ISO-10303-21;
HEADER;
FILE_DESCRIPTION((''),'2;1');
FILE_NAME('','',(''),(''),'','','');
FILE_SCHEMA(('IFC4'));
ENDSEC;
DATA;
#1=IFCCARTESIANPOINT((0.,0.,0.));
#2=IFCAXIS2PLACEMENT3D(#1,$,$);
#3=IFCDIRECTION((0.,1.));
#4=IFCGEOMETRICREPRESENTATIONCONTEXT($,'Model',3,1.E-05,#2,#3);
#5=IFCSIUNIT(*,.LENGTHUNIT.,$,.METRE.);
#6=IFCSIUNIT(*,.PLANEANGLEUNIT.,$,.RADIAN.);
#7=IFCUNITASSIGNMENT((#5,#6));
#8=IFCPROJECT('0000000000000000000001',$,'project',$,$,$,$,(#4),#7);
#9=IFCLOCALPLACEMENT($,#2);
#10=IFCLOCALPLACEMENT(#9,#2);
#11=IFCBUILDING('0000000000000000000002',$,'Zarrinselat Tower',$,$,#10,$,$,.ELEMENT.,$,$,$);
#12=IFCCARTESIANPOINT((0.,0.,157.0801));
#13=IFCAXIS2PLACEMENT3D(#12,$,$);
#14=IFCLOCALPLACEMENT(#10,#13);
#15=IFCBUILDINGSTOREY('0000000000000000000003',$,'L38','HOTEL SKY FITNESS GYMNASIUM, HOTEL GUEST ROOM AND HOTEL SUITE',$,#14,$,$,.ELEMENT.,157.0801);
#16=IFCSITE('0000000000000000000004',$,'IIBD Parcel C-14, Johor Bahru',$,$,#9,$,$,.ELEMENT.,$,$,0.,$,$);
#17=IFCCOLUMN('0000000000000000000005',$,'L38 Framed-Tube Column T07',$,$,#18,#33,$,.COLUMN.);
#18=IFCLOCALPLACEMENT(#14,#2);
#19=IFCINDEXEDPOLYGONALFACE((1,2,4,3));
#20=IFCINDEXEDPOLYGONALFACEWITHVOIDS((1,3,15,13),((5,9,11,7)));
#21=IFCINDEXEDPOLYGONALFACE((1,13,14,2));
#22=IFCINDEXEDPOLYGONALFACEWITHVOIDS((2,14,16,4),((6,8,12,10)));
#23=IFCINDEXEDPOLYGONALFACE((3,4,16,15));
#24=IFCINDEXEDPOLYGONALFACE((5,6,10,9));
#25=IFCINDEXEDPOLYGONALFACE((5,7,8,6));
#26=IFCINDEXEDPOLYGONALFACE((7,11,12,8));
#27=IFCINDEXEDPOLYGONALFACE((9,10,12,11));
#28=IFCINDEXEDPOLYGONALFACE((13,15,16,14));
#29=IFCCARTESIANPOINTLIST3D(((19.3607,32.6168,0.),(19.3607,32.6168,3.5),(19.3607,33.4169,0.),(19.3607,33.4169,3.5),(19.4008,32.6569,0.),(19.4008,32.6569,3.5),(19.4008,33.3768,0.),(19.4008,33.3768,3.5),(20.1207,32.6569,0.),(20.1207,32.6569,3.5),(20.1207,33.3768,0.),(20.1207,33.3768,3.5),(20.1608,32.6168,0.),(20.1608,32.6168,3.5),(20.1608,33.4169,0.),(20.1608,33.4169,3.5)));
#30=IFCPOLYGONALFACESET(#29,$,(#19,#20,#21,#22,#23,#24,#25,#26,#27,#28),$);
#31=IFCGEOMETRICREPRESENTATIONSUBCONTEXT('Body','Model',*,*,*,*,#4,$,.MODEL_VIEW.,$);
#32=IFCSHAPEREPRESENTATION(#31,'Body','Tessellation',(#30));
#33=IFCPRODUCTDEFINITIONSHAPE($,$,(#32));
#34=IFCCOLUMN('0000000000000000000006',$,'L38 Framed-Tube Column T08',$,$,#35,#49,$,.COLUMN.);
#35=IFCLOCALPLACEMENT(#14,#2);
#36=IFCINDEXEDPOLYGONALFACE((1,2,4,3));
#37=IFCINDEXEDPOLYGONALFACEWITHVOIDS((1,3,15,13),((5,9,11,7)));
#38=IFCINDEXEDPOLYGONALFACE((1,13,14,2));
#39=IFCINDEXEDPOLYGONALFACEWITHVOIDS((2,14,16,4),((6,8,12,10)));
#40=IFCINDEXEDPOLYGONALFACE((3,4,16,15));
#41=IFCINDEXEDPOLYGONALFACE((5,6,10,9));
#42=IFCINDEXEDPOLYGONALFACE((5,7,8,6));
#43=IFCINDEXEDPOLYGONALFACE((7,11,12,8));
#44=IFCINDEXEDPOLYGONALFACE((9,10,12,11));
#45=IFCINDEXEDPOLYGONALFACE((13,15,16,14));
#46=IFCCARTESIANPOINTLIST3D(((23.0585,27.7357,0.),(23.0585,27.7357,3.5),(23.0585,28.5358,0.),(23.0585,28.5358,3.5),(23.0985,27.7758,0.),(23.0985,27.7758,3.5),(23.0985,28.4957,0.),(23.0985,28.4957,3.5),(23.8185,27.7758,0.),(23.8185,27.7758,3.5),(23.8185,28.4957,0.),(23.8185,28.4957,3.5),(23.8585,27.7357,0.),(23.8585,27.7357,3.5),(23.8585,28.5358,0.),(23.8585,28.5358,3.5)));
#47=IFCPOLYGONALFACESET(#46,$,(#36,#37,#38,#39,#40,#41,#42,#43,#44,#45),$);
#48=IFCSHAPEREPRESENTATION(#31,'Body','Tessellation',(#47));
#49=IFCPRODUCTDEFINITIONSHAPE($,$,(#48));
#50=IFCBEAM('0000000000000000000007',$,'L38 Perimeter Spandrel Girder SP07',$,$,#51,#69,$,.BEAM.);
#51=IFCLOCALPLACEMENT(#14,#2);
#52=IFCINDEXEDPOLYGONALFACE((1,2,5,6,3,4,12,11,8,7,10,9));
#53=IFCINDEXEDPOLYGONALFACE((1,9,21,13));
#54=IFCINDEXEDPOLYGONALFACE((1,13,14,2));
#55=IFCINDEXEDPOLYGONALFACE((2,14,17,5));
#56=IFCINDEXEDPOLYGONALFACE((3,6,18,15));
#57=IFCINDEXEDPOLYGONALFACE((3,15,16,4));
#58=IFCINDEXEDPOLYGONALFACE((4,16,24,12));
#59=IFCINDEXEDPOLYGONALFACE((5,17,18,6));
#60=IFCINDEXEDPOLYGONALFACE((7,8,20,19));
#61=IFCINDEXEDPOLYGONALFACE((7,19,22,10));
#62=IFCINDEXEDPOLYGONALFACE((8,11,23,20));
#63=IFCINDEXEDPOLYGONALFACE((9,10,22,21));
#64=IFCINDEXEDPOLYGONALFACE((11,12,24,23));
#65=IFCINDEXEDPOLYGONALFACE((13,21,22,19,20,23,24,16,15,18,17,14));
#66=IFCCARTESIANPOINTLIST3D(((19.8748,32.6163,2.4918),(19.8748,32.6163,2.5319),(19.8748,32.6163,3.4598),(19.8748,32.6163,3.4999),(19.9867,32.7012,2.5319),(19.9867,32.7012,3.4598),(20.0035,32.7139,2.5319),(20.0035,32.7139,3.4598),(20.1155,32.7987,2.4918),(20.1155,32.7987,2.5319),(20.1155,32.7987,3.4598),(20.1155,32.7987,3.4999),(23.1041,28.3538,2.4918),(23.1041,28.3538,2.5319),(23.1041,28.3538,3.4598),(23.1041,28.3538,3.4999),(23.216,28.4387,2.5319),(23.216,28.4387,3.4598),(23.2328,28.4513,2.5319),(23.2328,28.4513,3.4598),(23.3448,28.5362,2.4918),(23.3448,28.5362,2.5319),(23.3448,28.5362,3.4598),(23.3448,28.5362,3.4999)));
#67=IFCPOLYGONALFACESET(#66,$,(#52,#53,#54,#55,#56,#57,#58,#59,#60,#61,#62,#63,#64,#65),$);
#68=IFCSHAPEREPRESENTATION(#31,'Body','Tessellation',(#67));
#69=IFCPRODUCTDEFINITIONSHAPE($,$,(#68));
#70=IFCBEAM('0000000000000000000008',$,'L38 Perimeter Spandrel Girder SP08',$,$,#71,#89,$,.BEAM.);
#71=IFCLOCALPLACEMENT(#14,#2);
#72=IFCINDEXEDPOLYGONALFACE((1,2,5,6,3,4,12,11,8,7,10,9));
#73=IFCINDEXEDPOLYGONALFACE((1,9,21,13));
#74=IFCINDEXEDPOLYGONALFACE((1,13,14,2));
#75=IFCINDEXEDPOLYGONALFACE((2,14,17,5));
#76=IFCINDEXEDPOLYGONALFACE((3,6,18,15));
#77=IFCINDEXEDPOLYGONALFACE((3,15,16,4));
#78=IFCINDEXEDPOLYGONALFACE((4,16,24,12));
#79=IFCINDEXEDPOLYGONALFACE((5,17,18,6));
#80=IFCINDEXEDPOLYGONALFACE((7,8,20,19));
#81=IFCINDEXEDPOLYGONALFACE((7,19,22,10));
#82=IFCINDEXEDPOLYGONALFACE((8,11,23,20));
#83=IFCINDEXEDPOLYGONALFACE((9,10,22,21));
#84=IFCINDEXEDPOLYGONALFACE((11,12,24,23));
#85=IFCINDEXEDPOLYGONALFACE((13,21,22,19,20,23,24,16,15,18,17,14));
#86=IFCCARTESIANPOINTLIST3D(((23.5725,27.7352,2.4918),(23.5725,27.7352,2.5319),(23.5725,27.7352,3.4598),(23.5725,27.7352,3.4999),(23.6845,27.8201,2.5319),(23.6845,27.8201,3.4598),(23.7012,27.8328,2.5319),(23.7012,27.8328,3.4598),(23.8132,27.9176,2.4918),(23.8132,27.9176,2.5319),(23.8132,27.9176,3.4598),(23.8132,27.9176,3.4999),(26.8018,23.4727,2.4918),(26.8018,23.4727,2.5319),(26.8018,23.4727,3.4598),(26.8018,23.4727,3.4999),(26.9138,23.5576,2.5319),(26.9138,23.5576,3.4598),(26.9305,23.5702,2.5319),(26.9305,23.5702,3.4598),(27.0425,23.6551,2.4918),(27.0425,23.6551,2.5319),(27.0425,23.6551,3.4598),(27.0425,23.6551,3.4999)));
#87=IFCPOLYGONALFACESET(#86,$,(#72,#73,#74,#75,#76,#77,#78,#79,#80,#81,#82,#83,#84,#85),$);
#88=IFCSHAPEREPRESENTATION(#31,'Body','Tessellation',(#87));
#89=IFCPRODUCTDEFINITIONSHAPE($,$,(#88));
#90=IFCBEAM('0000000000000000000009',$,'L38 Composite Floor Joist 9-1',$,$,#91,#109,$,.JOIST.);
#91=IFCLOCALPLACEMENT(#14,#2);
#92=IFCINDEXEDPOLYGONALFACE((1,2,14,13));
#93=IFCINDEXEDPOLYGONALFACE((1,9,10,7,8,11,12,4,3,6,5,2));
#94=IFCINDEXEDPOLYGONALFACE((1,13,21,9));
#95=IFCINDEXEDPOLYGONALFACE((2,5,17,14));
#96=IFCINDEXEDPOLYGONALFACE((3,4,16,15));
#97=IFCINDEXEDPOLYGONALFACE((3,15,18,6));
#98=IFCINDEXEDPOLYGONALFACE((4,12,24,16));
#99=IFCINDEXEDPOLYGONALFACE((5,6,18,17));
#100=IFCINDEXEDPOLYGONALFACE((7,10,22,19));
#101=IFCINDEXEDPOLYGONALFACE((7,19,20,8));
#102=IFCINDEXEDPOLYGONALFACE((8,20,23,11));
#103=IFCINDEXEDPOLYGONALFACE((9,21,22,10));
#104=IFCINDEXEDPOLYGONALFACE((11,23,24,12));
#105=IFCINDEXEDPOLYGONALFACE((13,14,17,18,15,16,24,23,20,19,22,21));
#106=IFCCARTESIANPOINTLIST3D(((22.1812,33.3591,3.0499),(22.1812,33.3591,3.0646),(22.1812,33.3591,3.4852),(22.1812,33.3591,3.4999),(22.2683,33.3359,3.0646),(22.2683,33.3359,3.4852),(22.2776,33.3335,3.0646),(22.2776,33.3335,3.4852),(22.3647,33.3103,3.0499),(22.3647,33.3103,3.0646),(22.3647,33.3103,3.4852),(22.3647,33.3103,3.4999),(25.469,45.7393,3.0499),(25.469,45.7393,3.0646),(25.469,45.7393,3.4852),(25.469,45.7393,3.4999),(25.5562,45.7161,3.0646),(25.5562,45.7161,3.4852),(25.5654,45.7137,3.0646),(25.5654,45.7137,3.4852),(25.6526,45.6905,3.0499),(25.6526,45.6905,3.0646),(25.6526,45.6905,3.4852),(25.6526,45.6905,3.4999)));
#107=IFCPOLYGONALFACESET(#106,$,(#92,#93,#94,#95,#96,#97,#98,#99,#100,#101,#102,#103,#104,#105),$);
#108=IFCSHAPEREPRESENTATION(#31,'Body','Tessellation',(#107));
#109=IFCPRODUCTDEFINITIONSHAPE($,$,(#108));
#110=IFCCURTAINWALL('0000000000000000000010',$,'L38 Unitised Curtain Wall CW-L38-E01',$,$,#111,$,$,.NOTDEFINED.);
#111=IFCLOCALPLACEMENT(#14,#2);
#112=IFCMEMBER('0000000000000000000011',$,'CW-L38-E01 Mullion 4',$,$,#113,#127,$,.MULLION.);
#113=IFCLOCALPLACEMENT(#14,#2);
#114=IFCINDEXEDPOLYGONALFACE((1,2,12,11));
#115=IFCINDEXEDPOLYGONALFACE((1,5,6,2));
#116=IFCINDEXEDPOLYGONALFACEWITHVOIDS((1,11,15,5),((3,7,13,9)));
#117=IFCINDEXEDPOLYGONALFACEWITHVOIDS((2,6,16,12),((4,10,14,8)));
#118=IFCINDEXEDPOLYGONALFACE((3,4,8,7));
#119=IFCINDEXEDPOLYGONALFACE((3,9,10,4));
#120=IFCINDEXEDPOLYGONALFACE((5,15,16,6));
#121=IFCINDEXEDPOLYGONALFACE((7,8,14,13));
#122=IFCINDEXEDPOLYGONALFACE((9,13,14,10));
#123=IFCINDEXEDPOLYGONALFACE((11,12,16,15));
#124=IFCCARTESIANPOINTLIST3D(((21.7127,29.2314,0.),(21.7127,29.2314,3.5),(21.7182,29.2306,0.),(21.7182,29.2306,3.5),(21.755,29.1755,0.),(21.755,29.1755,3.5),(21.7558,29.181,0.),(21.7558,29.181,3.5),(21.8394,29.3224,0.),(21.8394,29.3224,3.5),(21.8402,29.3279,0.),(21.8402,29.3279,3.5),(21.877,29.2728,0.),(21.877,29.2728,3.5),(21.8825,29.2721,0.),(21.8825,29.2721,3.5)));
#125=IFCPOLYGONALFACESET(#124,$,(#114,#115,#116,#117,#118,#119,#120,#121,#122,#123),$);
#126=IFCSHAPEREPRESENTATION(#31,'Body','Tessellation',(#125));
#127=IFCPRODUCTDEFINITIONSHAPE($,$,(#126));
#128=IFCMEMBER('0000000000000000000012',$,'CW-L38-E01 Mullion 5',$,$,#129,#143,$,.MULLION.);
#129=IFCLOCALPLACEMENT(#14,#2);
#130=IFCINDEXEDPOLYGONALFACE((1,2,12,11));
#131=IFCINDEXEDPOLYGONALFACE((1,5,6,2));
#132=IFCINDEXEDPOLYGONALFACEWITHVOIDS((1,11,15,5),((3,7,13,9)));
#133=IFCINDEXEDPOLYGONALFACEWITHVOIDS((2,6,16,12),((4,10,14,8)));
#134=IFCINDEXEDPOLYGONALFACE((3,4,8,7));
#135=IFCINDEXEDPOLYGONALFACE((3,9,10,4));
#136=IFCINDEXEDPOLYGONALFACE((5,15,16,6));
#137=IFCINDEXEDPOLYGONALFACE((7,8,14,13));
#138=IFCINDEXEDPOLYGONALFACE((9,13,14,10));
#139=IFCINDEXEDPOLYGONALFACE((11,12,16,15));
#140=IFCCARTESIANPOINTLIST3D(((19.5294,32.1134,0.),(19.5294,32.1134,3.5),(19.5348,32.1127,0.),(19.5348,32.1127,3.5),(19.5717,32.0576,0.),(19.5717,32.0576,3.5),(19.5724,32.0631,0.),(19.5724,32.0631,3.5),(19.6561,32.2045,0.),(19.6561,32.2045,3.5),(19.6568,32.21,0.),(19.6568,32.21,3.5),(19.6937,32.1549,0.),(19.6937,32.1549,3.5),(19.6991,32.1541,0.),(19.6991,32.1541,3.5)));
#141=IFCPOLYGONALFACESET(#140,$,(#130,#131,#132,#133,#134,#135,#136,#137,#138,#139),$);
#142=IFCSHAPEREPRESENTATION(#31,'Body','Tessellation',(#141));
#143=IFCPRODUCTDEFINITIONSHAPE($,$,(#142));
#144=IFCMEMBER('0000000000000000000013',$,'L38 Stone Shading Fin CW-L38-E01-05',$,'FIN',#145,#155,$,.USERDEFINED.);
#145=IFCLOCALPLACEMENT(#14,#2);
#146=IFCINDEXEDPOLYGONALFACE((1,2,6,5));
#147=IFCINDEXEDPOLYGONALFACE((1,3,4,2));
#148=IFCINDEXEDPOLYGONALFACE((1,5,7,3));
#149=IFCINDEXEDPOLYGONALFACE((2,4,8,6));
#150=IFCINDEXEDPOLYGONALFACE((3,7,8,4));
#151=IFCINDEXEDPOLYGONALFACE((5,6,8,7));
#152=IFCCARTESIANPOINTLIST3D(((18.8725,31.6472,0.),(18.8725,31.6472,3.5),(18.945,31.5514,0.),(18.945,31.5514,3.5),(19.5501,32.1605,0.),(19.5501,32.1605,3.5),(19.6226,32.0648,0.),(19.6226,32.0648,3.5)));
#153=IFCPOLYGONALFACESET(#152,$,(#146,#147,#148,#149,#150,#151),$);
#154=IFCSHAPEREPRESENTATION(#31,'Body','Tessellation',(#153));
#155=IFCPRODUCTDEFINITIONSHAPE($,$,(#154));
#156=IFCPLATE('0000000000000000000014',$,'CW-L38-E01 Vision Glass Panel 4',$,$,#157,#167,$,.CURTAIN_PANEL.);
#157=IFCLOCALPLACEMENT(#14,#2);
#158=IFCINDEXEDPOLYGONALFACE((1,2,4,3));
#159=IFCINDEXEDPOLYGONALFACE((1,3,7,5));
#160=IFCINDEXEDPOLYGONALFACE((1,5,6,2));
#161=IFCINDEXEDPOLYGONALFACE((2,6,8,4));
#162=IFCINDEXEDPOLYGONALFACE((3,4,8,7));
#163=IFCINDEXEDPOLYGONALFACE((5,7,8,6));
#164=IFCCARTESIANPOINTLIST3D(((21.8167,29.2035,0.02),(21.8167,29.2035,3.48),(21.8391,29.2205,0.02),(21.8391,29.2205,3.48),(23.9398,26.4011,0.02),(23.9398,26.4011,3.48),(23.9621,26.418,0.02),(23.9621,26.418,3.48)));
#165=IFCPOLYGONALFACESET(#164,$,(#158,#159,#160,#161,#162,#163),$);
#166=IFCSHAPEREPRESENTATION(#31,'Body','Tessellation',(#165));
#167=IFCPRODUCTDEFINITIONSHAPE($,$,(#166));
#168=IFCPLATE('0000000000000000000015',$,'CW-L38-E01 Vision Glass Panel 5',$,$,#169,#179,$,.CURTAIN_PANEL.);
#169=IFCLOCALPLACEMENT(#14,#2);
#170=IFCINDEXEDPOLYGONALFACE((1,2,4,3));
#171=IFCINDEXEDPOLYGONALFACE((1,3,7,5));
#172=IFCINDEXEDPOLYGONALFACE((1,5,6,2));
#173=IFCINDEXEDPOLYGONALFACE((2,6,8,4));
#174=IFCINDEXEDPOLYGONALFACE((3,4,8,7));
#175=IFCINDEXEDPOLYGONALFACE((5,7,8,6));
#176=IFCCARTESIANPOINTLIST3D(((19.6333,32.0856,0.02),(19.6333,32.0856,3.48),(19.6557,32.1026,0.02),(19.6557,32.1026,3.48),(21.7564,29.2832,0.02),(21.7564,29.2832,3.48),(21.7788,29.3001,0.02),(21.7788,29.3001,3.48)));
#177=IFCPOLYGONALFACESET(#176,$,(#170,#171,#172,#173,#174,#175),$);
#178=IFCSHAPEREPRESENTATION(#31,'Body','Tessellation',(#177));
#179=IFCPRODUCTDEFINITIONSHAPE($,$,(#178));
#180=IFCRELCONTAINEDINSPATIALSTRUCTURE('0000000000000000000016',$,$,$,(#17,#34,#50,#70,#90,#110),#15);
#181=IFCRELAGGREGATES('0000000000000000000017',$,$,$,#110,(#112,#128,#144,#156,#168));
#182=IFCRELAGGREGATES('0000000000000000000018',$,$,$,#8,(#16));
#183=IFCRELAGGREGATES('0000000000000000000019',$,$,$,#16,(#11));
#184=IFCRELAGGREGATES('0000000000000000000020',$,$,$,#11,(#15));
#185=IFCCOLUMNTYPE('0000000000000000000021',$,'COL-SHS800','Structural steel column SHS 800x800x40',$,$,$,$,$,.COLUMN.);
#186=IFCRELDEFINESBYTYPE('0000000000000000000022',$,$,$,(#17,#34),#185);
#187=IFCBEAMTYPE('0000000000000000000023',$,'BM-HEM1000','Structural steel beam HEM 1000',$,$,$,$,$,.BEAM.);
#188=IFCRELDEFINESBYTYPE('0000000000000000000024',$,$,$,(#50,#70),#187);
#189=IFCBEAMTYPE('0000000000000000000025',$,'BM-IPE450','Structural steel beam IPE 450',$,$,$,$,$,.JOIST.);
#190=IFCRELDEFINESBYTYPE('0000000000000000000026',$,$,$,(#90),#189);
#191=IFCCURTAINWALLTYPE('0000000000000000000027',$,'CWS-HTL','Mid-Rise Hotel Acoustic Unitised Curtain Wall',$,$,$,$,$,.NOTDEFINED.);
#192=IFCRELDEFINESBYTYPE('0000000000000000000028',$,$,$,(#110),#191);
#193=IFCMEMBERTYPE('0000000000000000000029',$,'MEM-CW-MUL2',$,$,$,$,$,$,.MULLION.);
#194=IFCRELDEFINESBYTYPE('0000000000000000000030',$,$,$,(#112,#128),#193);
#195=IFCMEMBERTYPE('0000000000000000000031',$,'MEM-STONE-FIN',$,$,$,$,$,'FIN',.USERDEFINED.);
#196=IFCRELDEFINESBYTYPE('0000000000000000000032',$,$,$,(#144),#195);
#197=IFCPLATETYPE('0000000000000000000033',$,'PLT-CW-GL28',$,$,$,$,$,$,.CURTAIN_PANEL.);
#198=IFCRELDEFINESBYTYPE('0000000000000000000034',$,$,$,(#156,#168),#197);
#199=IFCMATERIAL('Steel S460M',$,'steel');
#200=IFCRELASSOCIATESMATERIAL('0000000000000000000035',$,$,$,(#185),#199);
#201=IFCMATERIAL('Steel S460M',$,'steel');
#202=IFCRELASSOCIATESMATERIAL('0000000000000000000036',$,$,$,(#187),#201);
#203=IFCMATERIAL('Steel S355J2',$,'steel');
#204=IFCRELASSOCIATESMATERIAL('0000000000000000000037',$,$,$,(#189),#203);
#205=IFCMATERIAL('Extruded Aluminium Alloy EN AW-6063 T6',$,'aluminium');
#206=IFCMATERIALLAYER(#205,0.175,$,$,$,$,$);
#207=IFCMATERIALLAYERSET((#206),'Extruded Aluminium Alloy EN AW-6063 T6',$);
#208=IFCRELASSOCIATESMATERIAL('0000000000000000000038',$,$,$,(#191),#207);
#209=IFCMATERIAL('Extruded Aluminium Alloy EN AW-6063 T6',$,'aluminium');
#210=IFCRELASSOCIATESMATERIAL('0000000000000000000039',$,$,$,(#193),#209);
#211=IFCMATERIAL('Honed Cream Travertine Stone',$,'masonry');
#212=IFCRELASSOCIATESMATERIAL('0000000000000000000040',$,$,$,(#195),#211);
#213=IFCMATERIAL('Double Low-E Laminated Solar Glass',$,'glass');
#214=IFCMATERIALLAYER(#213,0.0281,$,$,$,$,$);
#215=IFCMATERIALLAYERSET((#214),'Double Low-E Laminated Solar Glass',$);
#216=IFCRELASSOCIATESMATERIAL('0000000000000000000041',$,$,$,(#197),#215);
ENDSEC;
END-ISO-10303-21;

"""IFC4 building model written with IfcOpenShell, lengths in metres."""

from ifc_helpers import new_model, si_unit, direction, frame, origin, origin_2d, place, context, subcontext, project, spatial, rectangle, hollow_rectangle, i_section, extrude, material, layer, layer_set, material_profile, profile_set, type_object, element, aggregate, save


model = new_model("IFC4")

# Units and contexts
model_context = context("Model", 3, precision=1e-05, world=origin(), true_north=direction((0.0, 1.0)))
body_context = subcontext(model_context, "Body", "Model", "MODEL_VIEW")
ifc_project = project(units=[si_unit("LENGTHUNIT", "METRE"), si_unit("PLANEANGLEUNIT", "RADIAN")], contexts=[model_context])

# Site, building, storey
site_placement = place(None, origin())
site = spatial("IfcSite", under=ifc_project, at=site_placement, Name="IIBD Parcel C-14, Johor Bahru", CompositionType="ELEMENT", RefElevation=0.0)
building_placement = place(site_placement, origin())
building = spatial("IfcBuilding", under=site, at=building_placement, Name="Zarrinselat Tower", CompositionType="ELEMENT")
storey_placement = place(building_placement, frame((0.0, 0.0, 157.0801)))
storey = spatial("IfcBuildingStorey", under=building, at=storey_placement, Name="L38", Description="HOTEL SKY FITNESS GYMNASIUM, HOTEL GUEST ROOM AND HOTEL SUITE", CompositionType="ELEMENT", Elevation=157.0801)

# Columns
ifc_material_1 = material(Name="Steel S460M", Category="steel")
ifc_material_profile_1 = material_profile(ifc_material_1, hollow_rectangle(XDim=0.8, YDim=0.8, WallThickness=0.04, at=origin_2d()), Name="SHS 800x800x40")
ifc_profile_set_1 = profile_set([ifc_material_profile_1], Name="Steel S460M")
column_type = type_object("IfcColumnType", Name="COL-SHS800", Description="Structural steel column SHS 800x800x40", PredefinedType="COLUMN", material=ifc_profile_set_1)
for number, where, z_axis, x_axis, name in (
    (1, (19.7607, 33.0168, 0.0), (0.0, 0.0, 1.0), (1.0, 0.0, 0.0), "L38 Framed-Tube Column T07"),
    (2, (23.4585, 28.1357, 0.0), (0.0, 0.0, 1.0), (1.0, 0.0, 0.0), "L38 Framed-Tube Column T08"),
):
    element("IfcColumn", number, at=place(storey_placement, frame(where, z_axis=z_axis, x_axis=x_axis)), inside=storey, type_object=column_type, Name=name, PredefinedType="COLUMN", context=body_context, shape_type="SweptSolid", body=[
        extrude(hollow_rectangle(XDim=0.8, YDim=0.8, WallThickness=0.04, at=origin_2d()), origin(), (0.0, 0.0, 1.0), 3.5),
    ])

# Beams
ifc_material_2 = material(Name="Steel S460M", Category="steel")
ifc_material_profile_2 = material_profile(ifc_material_2, i_section(OverallWidth=0.302, OverallDepth=1.0081, WebThickness=0.021, FlangeThickness=0.04, at=origin_2d()), Name="HEM 1000")
ifc_profile_set_2 = profile_set([ifc_material_profile_2], Name="Steel S460M")
beam_type_1 = type_object("IfcBeamType", Name="BM-HEM1000", Description="Structural steel beam HEM 1000", PredefinedType="BEAM", material=ifc_profile_set_2)
for number, where, z_axis, x_axis, name in (
    (3, (19.9951, 32.7075, 2.9958), (0.603872, -0.797081, 0.0), (0.797081, 0.603872, 0.0), "L38 Perimeter Spandrel Girder SP07"),
    (4, (23.6929, 27.8264, 2.9958), (0.603872, -0.797081, 0.0), (0.797081, 0.603872, 0.0), "L38 Perimeter Spandrel Girder SP08"),
):
    element("IfcBeam", number, at=place(storey_placement, frame(where, z_axis=z_axis, x_axis=x_axis)), inside=storey, type_object=beam_type_1, Name=name, PredefinedType="BEAM", context=body_context, shape_type="SweptSolid", body=[
        extrude(i_section(OverallWidth=0.302, OverallDepth=1.0081, WebThickness=0.021, FlangeThickness=0.04, at=origin_2d()), origin(), (0.0, 0.0, 1.0), 5.3477),
    ])
ifc_material_3 = material(Name="Steel S355J2", Category="steel")
ifc_material_profile_3 = material_profile(ifc_material_3, i_section(OverallWidth=0.1899, OverallDepth=0.45, WebThickness=0.0095, FlangeThickness=0.0146, at=origin_2d()), Name="IPE 450")
ifc_profile_set_3 = profile_set([ifc_material_profile_3], Name="Steel S355J2")
beam_type_2 = type_object("IfcBeamType", Name="BM-IPE450", Description="Structural steel beam IPE 450", PredefinedType="JOIST", material=ifc_profile_set_3)
beam_placement = place(storey_placement, frame((22.2729, 33.3347, 3.2749), z_axis=(0.256677, 0.966497, 0.0), x_axis=(-0.966497, 0.256677, 0.0)))
element("IfcBeam", 5, at=beam_placement, inside=storey, type_object=beam_type_2, Name="L38 Composite Floor Joist 9-1", PredefinedType="JOIST", context=body_context, shape_type="SweptSolid", body=[
    extrude(i_section(OverallWidth=0.1899, OverallDepth=0.45, WebThickness=0.0095, FlangeThickness=0.0146, at=origin_2d()), origin(), (0.0, 0.0, 1.0), 12.8093),
])

# Curtain wall, members, plates
ifc_material_4 = material(Name="Extruded Aluminium Alloy EN AW-6063 T6", Category="aluminium")
ifc_layer_1 = layer(ifc_material_4, 0.175)
ifc_layer_set_1 = layer_set([ifc_layer_1], Name="Extruded Aluminium Alloy EN AW-6063 T6")
curtain_wall_type = type_object("IfcCurtainWallType", Name="CWS-HTL", Description="Mid-Rise Hotel Acoustic Unitised Curtain Wall", PredefinedType="NOTDEFINED", material=ifc_layer_set_1)
curtain_wall_placement = place(storey_placement, origin())
curtain_wall = element("IfcCurtainWall", 6, at=curtain_wall_placement, inside=storey, type_object=curtain_wall_type, Name="L38 Unitised Curtain Wall CW-L38-E01", PredefinedType="NOTDEFINED")
ifc_material_5 = material(Name="Extruded Aluminium Alloy EN AW-6063 T6", Category="aluminium")
ifc_material_profile_4 = material_profile(ifc_material_5, hollow_rectangle(XDim=0.0701, YDim=0.1599, WallThickness=0.0039, at=origin_2d()), Name="RHS 160x70x4")
ifc_profile_set_4 = profile_set([ifc_material_profile_4], Name="Extruded Aluminium Alloy EN AW-6063 T6")
member_type_1 = type_object("IfcMemberType", Name="MEM-CW-MUL2", PredefinedType="MULLION", material=ifc_profile_set_4)
member_1_placement = place(storey_placement, frame((21.7976, 29.2517, 0.0), z_axis=(0.0, 0.0, 1.0), x_axis=(-0.603858, 0.797092, 0.0)))
member_1 = element("IfcMember", 7, at=member_1_placement, type_object=member_type_1, Name="CW-L38-E01 Mullion 4", PredefinedType="MULLION", context=body_context, shape_type="SweptSolid", body=[
    extrude(hollow_rectangle(XDim=0.0701, YDim=0.1599, WallThickness=0.0039, at=origin_2d()), origin(), (0.0, 0.0, 1.0), 3.5),
])
member_2_placement = place(storey_placement, frame((19.6143, 32.1338, 0.0), z_axis=(0.0, 0.0, 1.0), x_axis=(-0.603858, 0.797092, 0.0)))
member_2 = element("IfcMember", 8, at=member_2_placement, type_object=member_type_1, Name="CW-L38-E01 Mullion 5", PredefinedType="MULLION", context=body_context, shape_type="SweptSolid", body=[
    extrude(hollow_rectangle(XDim=0.0701, YDim=0.1599, WallThickness=0.0039, at=origin_2d()), origin(), (0.0, 0.0, 1.0), 3.5),
])
ifc_material_6 = material(Name="Honed Cream Travertine Stone", Category="masonry")
ifc_material_profile_5 = material_profile(ifc_material_6, rectangle(XDim=0.1201, YDim=0.8501, at=origin_2d()), Name="FIN 850x120")
ifc_profile_set_5 = profile_set([ifc_material_profile_5], Name="Honed Cream Travertine Stone")
member_type_2 = type_object("IfcMemberType", Name="MEM-STONE-FIN", ElementType="FIN", PredefinedType="USERDEFINED", material=ifc_profile_set_5)
member_3_placement = place(storey_placement, frame((19.2476, 31.856, 0.0), z_axis=(0.0, 0.0, 1.0), x_axis=(-0.603858, 0.797092, 0.0)))
member_3 = element("IfcMember", 9, at=member_3_placement, type_object=member_type_2, Name="L38 Stone Shading Fin CW-L38-E01-05", ObjectType="FIN", PredefinedType="USERDEFINED", context=body_context, shape_type="SweptSolid", body=[
    extrude(rectangle(XDim=0.1201, YDim=0.8501, at=origin_2d()), origin(), (0.0, 0.0, 1.0), 3.5),
])
ifc_material_7 = material(Name="Double Low-E Laminated Solar Glass", Category="glass")
ifc_layer_2 = layer(ifc_material_7, 0.0281)
ifc_layer_set_2 = layer_set([ifc_layer_2], Name="Double Low-E Laminated Solar Glass")
plate_type = type_object("IfcPlateType", Name="PLT-CW-GL28", PredefinedType="CURTAIN_PANEL", material=ifc_layer_set_2)
plate_1_placement = place(storey_placement, frame((22.8894, 27.8108, 0.02), z_axis=(0.0, 0.0, 1.0), x_axis=(-0.603858, 0.797092, 0.0)))
plate_1 = element("IfcPlate", 10, at=plate_1_placement, type_object=plate_type, Name="CW-L38-E01 Vision Glass Panel 4", PredefinedType="CURTAIN_PANEL", context=body_context, shape_type="SweptSolid", body=[
    extrude(rectangle(XDim=3.5159, YDim=0.0281, at=origin_2d()), origin(), (0.0, 0.0, 1.0), 3.46),
])
plate_2_placement = place(storey_placement, frame((20.7061, 30.6929, 0.02), z_axis=(0.0, 0.0, 1.0), x_axis=(-0.603858, 0.797092, 0.0)))
plate_2 = element("IfcPlate", 11, at=plate_2_placement, type_object=plate_type, Name="CW-L38-E01 Vision Glass Panel 5", PredefinedType="CURTAIN_PANEL", context=body_context, shape_type="SweptSolid", body=[
    extrude(rectangle(XDim=3.5159, YDim=0.0281, at=origin_2d()), origin(), (0.0, 0.0, 1.0), 3.46),
])
aggregate(curtain_wall, [member_1, member_2, member_3, plate_1, plate_2])

save(model, "model.ifc")
